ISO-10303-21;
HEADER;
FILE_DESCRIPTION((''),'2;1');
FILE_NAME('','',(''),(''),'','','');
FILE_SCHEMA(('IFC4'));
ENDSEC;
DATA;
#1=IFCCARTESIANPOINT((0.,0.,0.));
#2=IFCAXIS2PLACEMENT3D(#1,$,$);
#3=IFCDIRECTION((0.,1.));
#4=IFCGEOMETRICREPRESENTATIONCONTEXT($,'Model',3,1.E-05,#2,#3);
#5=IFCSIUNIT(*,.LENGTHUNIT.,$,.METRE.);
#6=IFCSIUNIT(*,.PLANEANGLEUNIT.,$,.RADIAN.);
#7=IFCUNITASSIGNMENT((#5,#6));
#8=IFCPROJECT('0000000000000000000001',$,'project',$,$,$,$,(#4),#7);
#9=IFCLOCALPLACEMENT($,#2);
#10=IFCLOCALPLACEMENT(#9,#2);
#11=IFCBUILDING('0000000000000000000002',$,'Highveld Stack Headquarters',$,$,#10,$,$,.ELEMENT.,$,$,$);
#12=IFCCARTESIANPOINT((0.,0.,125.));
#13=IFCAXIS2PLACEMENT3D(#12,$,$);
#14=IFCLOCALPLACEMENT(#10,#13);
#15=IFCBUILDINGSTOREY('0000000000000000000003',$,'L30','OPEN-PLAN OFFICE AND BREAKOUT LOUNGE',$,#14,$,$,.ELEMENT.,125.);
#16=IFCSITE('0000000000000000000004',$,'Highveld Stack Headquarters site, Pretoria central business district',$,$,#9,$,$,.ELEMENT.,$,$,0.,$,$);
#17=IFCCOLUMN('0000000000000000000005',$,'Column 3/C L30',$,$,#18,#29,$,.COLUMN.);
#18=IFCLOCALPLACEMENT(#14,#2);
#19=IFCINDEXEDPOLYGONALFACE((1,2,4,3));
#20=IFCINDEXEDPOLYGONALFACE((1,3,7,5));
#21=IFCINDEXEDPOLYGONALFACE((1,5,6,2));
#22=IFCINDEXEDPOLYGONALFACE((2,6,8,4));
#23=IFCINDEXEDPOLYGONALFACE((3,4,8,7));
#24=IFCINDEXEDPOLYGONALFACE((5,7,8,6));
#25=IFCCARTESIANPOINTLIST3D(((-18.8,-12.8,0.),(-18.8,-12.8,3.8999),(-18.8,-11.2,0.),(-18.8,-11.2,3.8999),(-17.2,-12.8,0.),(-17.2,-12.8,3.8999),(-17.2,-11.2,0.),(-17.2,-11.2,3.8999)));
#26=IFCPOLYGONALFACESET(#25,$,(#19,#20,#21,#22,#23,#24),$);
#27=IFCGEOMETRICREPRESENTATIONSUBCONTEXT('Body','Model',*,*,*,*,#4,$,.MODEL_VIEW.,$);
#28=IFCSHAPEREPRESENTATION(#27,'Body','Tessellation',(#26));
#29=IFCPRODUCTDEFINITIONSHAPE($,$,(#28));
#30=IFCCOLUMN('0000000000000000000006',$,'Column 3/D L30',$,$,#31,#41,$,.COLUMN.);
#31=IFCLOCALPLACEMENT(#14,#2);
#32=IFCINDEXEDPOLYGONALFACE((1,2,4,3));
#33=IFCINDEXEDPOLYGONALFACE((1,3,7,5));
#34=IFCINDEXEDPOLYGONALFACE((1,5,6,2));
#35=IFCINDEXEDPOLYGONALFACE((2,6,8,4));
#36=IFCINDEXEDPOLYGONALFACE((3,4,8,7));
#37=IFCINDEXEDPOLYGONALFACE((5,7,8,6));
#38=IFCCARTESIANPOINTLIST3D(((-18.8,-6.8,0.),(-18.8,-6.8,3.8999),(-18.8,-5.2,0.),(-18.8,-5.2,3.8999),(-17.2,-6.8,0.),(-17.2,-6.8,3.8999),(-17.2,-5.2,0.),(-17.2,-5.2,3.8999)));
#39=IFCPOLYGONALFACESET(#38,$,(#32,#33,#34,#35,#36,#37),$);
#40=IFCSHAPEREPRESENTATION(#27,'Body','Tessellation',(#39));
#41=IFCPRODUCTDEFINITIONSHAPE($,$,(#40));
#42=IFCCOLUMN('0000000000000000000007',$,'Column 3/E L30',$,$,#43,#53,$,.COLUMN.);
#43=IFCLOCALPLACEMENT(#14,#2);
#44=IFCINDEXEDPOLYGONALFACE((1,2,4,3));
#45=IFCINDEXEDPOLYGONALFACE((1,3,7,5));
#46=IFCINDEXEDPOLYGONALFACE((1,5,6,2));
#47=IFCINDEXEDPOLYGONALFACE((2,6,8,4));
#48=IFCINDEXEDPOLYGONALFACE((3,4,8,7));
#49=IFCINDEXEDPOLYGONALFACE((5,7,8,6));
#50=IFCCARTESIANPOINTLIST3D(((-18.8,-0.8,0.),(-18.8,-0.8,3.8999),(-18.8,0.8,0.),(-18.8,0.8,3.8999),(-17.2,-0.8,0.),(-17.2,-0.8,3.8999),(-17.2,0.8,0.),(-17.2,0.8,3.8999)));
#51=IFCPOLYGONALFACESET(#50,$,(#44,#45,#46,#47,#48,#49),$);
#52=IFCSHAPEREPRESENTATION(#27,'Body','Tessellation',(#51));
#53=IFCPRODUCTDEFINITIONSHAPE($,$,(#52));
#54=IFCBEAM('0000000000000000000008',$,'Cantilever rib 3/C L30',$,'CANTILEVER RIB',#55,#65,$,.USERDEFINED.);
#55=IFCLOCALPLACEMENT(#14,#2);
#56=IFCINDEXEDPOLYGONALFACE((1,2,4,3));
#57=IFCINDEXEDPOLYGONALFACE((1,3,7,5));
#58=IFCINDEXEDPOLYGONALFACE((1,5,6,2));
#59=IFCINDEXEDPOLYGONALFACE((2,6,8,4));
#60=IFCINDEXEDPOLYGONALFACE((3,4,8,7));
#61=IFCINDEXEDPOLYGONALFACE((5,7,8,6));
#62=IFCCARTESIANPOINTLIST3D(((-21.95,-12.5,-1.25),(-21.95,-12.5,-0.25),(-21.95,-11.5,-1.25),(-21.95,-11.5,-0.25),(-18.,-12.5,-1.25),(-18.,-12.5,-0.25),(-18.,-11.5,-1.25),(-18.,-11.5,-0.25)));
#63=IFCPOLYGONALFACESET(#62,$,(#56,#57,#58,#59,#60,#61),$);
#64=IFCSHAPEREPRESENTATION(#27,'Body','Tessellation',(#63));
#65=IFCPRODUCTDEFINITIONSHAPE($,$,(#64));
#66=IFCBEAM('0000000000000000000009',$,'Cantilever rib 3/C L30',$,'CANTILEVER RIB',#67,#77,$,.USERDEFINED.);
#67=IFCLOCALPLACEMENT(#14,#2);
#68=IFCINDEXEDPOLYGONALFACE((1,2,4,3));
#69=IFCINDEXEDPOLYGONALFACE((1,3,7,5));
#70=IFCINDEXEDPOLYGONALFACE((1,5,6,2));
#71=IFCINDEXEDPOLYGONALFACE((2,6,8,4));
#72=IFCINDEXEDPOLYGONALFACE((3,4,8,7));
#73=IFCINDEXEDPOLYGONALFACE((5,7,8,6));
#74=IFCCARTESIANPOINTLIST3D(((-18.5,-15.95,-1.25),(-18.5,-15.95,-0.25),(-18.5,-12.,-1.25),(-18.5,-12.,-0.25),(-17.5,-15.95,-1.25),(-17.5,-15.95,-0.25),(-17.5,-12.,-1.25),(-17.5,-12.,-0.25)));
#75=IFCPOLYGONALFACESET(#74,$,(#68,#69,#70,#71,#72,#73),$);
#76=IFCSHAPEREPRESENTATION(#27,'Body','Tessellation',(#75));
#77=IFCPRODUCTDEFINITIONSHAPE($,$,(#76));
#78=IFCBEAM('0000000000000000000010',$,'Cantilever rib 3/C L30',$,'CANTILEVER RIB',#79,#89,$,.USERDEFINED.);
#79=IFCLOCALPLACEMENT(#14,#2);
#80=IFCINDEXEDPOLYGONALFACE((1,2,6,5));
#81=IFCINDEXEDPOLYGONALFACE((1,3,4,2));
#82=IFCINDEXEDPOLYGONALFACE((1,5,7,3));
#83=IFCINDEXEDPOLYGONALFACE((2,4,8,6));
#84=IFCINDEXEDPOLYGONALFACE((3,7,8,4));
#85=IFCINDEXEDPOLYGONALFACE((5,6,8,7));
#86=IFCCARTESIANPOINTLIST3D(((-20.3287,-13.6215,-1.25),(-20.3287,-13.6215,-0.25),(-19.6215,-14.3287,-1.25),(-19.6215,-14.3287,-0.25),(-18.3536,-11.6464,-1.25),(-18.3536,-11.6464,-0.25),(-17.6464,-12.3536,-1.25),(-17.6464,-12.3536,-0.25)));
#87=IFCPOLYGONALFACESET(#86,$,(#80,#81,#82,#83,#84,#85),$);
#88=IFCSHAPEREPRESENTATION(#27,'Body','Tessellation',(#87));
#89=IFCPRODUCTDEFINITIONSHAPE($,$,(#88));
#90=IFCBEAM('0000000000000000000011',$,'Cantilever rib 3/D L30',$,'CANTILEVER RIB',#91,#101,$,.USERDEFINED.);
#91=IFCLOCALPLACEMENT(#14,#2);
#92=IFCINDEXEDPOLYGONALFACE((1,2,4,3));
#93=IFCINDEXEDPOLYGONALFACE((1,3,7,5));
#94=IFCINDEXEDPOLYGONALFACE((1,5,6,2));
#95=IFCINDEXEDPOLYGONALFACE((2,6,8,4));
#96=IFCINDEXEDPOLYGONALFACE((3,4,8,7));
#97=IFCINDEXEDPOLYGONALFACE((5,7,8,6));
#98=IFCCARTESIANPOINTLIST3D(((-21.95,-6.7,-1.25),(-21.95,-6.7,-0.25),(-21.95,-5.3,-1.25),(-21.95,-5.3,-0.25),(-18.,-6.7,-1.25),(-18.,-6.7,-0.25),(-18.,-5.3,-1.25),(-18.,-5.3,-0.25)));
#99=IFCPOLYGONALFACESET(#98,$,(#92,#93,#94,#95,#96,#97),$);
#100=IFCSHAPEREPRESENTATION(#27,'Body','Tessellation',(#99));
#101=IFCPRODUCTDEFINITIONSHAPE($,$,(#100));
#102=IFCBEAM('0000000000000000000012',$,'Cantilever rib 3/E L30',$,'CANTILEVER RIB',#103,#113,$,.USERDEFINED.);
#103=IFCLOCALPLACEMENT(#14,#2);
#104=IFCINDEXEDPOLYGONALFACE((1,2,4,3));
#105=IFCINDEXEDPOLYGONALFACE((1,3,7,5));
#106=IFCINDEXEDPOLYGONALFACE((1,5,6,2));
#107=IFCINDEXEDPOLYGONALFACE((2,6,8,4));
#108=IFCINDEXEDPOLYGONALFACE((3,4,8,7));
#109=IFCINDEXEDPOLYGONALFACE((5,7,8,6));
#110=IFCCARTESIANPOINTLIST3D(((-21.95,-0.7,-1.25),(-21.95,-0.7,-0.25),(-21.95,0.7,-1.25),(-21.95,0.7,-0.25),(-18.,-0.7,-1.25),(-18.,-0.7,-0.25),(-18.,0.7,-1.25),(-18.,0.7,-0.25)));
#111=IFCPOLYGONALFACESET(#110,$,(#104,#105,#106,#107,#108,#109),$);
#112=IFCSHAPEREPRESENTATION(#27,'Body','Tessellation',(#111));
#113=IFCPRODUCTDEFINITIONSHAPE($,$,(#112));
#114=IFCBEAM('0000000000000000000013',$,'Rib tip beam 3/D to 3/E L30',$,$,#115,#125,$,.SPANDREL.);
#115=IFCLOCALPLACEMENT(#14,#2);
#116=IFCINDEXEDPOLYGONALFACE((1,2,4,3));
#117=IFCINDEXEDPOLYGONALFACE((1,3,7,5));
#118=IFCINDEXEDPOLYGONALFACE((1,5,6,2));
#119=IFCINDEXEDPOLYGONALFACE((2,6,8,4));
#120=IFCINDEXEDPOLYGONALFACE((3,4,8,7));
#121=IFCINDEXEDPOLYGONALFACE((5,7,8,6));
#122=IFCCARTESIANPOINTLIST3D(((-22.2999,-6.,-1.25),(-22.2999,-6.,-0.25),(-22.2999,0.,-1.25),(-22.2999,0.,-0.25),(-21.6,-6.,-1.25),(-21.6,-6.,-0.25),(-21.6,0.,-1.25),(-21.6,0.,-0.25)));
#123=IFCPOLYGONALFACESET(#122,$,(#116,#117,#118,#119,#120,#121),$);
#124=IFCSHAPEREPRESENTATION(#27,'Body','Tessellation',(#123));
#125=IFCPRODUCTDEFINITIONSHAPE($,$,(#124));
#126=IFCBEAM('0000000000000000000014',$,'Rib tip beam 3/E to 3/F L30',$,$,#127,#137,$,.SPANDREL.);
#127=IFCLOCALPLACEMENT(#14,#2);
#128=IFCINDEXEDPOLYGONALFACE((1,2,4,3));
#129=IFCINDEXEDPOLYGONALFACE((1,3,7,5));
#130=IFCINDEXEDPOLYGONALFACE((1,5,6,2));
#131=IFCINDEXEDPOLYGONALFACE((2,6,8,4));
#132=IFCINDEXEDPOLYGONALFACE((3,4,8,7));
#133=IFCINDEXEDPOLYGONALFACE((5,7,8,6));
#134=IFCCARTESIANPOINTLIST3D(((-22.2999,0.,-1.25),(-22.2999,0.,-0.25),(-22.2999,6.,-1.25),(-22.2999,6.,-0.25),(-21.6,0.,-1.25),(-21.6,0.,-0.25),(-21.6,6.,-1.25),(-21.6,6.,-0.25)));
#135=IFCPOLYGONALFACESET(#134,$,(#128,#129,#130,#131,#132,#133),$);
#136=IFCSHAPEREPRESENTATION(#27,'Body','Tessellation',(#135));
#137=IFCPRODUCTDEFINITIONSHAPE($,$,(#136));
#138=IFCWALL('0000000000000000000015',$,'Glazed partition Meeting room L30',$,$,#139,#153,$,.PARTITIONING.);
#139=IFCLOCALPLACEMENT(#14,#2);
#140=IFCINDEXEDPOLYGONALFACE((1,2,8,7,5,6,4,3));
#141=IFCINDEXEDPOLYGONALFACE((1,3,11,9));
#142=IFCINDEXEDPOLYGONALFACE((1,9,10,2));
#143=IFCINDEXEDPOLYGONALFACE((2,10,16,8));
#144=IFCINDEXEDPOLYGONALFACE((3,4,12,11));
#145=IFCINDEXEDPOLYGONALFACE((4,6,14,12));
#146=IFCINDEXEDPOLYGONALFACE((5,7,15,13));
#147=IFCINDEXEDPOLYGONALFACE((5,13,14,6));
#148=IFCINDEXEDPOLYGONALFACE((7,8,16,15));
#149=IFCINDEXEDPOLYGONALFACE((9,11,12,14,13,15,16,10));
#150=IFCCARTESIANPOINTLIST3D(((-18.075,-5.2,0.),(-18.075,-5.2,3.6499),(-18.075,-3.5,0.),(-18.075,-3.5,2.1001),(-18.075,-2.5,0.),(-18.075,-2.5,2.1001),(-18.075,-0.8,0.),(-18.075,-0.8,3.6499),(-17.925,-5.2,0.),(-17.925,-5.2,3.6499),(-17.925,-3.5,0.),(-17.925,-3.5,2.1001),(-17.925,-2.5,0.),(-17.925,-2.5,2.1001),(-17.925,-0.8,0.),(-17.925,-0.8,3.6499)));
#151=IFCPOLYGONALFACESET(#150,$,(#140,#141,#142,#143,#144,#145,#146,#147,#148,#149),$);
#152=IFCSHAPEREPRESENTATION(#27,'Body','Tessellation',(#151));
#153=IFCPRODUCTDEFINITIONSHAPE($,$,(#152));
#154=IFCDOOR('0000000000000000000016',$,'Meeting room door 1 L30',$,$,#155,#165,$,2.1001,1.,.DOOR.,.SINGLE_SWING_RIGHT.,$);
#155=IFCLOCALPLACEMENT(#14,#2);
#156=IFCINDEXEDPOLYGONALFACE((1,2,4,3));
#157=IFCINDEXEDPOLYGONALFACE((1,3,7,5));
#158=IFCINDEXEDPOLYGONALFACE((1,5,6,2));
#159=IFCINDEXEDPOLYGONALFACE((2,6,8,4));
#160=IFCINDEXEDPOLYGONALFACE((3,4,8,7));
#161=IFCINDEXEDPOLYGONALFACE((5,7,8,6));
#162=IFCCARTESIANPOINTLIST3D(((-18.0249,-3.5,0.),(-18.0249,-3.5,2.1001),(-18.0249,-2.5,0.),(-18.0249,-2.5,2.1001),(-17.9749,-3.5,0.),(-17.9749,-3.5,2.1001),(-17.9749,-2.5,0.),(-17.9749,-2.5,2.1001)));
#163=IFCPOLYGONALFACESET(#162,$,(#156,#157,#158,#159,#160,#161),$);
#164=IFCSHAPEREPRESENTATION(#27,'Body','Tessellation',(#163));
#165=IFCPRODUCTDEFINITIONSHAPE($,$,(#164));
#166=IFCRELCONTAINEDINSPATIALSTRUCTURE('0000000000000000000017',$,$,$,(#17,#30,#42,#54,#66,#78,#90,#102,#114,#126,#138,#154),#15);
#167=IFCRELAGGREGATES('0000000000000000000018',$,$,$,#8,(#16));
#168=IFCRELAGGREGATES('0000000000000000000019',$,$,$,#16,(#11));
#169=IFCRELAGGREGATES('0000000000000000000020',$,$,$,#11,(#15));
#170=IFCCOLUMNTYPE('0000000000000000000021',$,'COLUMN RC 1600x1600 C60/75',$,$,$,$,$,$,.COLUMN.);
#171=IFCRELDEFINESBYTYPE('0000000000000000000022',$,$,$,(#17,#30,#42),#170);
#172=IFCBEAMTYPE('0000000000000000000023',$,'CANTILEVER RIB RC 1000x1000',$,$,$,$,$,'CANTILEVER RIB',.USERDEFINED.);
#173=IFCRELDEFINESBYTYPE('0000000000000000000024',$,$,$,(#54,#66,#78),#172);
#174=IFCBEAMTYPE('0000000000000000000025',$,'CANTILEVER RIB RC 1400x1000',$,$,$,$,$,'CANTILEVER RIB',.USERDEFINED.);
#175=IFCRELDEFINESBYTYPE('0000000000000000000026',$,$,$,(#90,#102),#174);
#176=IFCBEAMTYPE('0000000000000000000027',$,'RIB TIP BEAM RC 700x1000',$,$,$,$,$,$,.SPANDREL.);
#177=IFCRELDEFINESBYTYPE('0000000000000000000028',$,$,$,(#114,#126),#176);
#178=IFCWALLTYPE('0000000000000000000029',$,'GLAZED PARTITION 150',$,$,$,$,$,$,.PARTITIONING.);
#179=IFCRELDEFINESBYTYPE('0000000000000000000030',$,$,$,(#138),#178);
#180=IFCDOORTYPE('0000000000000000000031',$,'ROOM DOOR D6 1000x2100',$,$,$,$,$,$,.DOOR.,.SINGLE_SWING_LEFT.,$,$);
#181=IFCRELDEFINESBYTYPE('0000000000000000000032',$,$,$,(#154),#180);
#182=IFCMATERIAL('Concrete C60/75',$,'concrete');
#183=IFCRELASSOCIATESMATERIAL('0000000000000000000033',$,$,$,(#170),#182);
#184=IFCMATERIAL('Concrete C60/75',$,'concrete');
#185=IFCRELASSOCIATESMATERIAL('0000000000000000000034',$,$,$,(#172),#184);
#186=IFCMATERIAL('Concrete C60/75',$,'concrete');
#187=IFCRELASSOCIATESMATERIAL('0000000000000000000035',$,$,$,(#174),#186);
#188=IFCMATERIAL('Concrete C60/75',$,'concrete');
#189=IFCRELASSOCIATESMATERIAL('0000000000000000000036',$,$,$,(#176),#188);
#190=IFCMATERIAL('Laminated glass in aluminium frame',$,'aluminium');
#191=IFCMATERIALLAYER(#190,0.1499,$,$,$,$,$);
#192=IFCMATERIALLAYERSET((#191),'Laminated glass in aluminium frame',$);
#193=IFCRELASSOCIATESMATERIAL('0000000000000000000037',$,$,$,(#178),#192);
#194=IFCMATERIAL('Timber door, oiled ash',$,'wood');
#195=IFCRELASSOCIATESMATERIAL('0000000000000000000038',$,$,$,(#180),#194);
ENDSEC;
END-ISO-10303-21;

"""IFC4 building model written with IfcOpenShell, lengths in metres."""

from ifc_helpers import new_model, si_unit, direction, frame, frame_2d, origin, origin_2d, place, context, subcontext, project, spatial, rectangle, extrude, material, layer, layer_set, material_profile, profile_set, type_object, element, fill, save


model = new_model("IFC4")

# Units and contexts
model_context = context("Model", 3, precision=1e-05, world=origin(), true_north=direction((0.0, 1.0)))
body_context = subcontext(model_context, "Body", "Model", "MODEL_VIEW")
ifc_project = project(units=[si_unit("LENGTHUNIT", "METRE"), si_unit("PLANEANGLEUNIT", "RADIAN")], contexts=[model_context])

# Site, building, storey
site_placement = place(None, origin())
site = spatial("IfcSite", under=ifc_project, at=site_placement, Name="Highveld Stack Headquarters site, Pretoria central business district", CompositionType="ELEMENT", RefElevation=0.0)
building_placement = place(site_placement, origin())
building = spatial("IfcBuilding", under=site, at=building_placement, Name="Highveld Stack Headquarters", CompositionType="ELEMENT")
storey_placement = place(building_placement, frame((0.0, 0.0, 125.0)))
storey = spatial("IfcBuildingStorey", under=building, at=storey_placement, Name="L30", Description="OPEN-PLAN OFFICE AND BREAKOUT LOUNGE", CompositionType="ELEMENT", Elevation=125.0)

# Columns
ifc_material_1 = material(Name="Concrete C60/75", Category="concrete")
ifc_material_profile_1 = material_profile(ifc_material_1, rectangle(XDim=1.6001, YDim=1.6001, at=origin_2d()), Name="RC 1600x1600")
ifc_profile_set_1 = profile_set([ifc_material_profile_1], Name="Concrete C60/75")
column_type = type_object("IfcColumnType", Name="COLUMN RC 1600x1600 C60/75", PredefinedType="COLUMN", material=ifc_profile_set_1)
for number, where, z_axis, x_axis, name in (
    (1, (-18.0, -12.0, 0.0), (0.0, 0.0, 1.0), (1.0, 0.0, 0.0), "Column 3/C L30"),
    (2, (-18.0, -6.0, 0.0), (0.0, 0.0, 1.0), (1.0, 0.0, 0.0), "Column 3/D L30"),
    (3, (-18.0, 0.0, 0.0), (0.0, 0.0, 1.0), (1.0, 0.0, 0.0), "Column 3/E L30"),
):
    element("IfcColumn", number, at=place(storey_placement, frame(where, z_axis=z_axis, x_axis=x_axis)), inside=storey, type_object=column_type, Name=name, PredefinedType="COLUMN", context=body_context, shape_type="SweptSolid", body=[
        extrude(rectangle(XDim=1.6001, YDim=1.6001, at=origin_2d()), origin(), (0.0, 0.0, 1.0), 3.8999),
    ])

# Beams
ifc_material_2 = material(Name="Concrete C60/75", Category="concrete")
ifc_material_profile_2 = material_profile(ifc_material_2, rectangle(XDim=1.0, YDim=1.0, at=origin_2d()), Name="RC 1000x1000")
ifc_profile_set_2 = profile_set([ifc_material_profile_2], Name="Concrete C60/75")
beam_type_1 = type_object("IfcBeamType", Name="CANTILEVER RIB RC 1000x1000", ElementType="CANTILEVER RIB", PredefinedType="USERDEFINED", material=ifc_profile_set_2)
for number, where, z_axis, x_axis, name in (
    (4, (-18.0, -12.0, -0.75), (-1.0, 0.0, 0.0), (0.0, -1.0, 0.0), "Cantilever rib 3/C L30"),
    (5, (-18.0, -12.0, -0.75), (0.0, -1.0, 0.0), (1.0, 0.0, 0.0), "Cantilever rib 3/C L30"),
):
    element("IfcBeam", number, at=place(storey_placement, frame(where, z_axis=z_axis, x_axis=x_axis)), inside=storey, type_object=beam_type_1, Name=name, ObjectType="CANTILEVER RIB", PredefinedType="USERDEFINED", context=body_context, shape_type="SweptSolid", body=[
        extrude(rectangle(XDim=1.0, YDim=1.0, at=origin_2d()), origin(), (0.0, 0.0, 1.0), 3.95),
    ])
beam_placement = place(storey_placement, frame((-18.0, -12.0, -0.75), z_axis=(-0.707107, -0.707107, 0.0), x_axis=(0.707107, -0.707107, 0.0)))
element("IfcBeam", 6, at=beam_placement, inside=storey, type_object=beam_type_1, Name="Cantilever rib 3/C L30", ObjectType="CANTILEVER RIB", PredefinedType="USERDEFINED", context=body_context, shape_type="SweptSolid", body=[
    extrude(rectangle(XDim=1.0, YDim=1.0, at=origin_2d()), origin(), (0.0, 0.0, 1.0), 2.7932),
])
ifc_material_3 = material(Name="Concrete C60/75", Category="concrete")
ifc_material_profile_3 = material_profile(ifc_material_3, rectangle(XDim=1.3999, YDim=1.0, at=origin_2d()), Name="RC 1400x1000")
ifc_profile_set_3 = profile_set([ifc_material_profile_3], Name="Concrete C60/75")
beam_type_2 = type_object("IfcBeamType", Name="CANTILEVER RIB RC 1400x1000", ElementType="CANTILEVER RIB", PredefinedType="USERDEFINED", material=ifc_profile_set_3)
for number, where, z_axis, x_axis, name in (
    (7, (-18.0, -6.0, -0.75), (-1.0, 0.0, 0.0), (0.0, -1.0, 0.0), "Cantilever rib 3/D L30"),
    (8, (-18.0, 0.0, -0.75), (-1.0, 0.0, 0.0), (0.0, -1.0, 0.0), "Cantilever rib 3/E L30"),
):
    element("IfcBeam", number, at=place(storey_placement, frame(where, z_axis=z_axis, x_axis=x_axis)), inside=storey, type_object=beam_type_2, Name=name, ObjectType="CANTILEVER RIB", PredefinedType="USERDEFINED", context=body_context, shape_type="SweptSolid", body=[
        extrude(rectangle(XDim=1.3999, YDim=1.0, at=origin_2d()), origin(), (0.0, 0.0, 1.0), 3.95),
    ])
ifc_material_4 = material(Name="Concrete C60/75", Category="concrete")
ifc_material_profile_4 = material_profile(ifc_material_4, rectangle(XDim=0.7, YDim=1.0, at=origin_2d()), Name="RC 700x1000")
ifc_profile_set_4 = profile_set([ifc_material_profile_4], Name="Concrete C60/75")
beam_type_3 = type_object("IfcBeamType", Name="RIB TIP BEAM RC 700x1000", PredefinedType="SPANDREL", material=ifc_profile_set_4)
for number, where, z_axis, x_axis, name in (
    (9, (-21.95, -6.0, -0.75), (0.0, 1.0, 0.0), (-1.0, 0.0, 0.0), "Rib tip beam 3/D to 3/E L30"),
    (10, (-21.95, 0.0, -0.75), (0.0, 1.0, 0.0), (-1.0, 0.0, 0.0), "Rib tip beam 3/E to 3/F L30"),
):
    element("IfcBeam", number, at=place(storey_placement, frame(where, z_axis=z_axis, x_axis=x_axis)), inside=storey, type_object=beam_type_3, Name=name, PredefinedType="SPANDREL", context=body_context, shape_type="SweptSolid", body=[
        extrude(rectangle(XDim=0.7, YDim=1.0, at=origin_2d()), origin(), (0.0, 0.0, 1.0), 6.0),
    ])

# Wall, opening, door
ifc_material_5 = material(Name="Laminated glass in aluminium frame", Category="aluminium")
ifc_layer_1 = layer(ifc_material_5, 0.1499)
ifc_layer_set_1 = layer_set([ifc_layer_1], Name="Laminated glass in aluminium frame")
wall_type_1 = type_object("IfcWallType", Name="GLAZED PARTITION 150", PredefinedType="PARTITIONING", material=ifc_layer_set_1)
wall_1_placement = place(storey_placement, frame((-18.0, -5.2, 0.0), z_axis=(0.0, 0.0, 1.0), x_axis=(0.0, 1.0, 0.0)))
wall_1 = element("IfcWall", 11, at=wall_1_placement, inside=storey, type_object=wall_type_1, Name="Glazed partition Meeting room L30", PredefinedType="PARTITIONING", context=body_context, shape_type="SweptSolid", body=[
    extrude(rectangle(XDim=4.3999, YDim=0.1499, at=frame_2d((2.2, 0.0))), origin(), (0.0, 0.0, 1.0), 3.6499),
])
opening_1_placement = place(wall_1_placement, frame((1.7, 0.0, 0.0)))
opening_1 = element("IfcOpeningElement", 12, at=opening_1_placement, cuts=wall_1, PredefinedType="OPENING", context=body_context, shape_type="SweptSolid", body=[
    extrude(rectangle(XDim=1.0, YDim=2.1001, at=frame_2d((0.5, 1.05))), frame((0.0, 0.085, 0.0), z_axis=(0.0, -1.0, 0.0), x_axis=(1.0, 0.0, 0.0)), (0.0, 0.0, 1.0), 0.1699),
])
ifc_material_6 = material(Name="Timber door, oiled ash", Category="wood")
door_type = type_object("IfcDoorType", Name="ROOM DOOR D6 1000x2100", OperationType="SINGLE_SWING_LEFT", PredefinedType="DOOR", material=ifc_material_6)
door_1_placement = place(opening_1_placement, origin())
door_1 = element("IfcDoor", 13, at=door_1_placement, inside=storey, type_object=door_type, Name="Meeting room door 1 L30", OperationType="SINGLE_SWING_RIGHT", OverallHeight=2.1001, OverallWidth=1.0, PredefinedType="DOOR", context=body_context, shape_type="SweptSolid", body=[
    extrude(rectangle(XDim=1.0, YDim=2.1001, at=frame_2d((0.5, 1.05))), frame((0.0, 0.0249, 0.0), z_axis=(0.0, -1.0, 0.0), x_axis=(1.0, 0.0, 0.0)), (0.0, 0.0, 1.0), 0.05),
])
fill(opening_1, door_1)

save(model, "model.ifc")
